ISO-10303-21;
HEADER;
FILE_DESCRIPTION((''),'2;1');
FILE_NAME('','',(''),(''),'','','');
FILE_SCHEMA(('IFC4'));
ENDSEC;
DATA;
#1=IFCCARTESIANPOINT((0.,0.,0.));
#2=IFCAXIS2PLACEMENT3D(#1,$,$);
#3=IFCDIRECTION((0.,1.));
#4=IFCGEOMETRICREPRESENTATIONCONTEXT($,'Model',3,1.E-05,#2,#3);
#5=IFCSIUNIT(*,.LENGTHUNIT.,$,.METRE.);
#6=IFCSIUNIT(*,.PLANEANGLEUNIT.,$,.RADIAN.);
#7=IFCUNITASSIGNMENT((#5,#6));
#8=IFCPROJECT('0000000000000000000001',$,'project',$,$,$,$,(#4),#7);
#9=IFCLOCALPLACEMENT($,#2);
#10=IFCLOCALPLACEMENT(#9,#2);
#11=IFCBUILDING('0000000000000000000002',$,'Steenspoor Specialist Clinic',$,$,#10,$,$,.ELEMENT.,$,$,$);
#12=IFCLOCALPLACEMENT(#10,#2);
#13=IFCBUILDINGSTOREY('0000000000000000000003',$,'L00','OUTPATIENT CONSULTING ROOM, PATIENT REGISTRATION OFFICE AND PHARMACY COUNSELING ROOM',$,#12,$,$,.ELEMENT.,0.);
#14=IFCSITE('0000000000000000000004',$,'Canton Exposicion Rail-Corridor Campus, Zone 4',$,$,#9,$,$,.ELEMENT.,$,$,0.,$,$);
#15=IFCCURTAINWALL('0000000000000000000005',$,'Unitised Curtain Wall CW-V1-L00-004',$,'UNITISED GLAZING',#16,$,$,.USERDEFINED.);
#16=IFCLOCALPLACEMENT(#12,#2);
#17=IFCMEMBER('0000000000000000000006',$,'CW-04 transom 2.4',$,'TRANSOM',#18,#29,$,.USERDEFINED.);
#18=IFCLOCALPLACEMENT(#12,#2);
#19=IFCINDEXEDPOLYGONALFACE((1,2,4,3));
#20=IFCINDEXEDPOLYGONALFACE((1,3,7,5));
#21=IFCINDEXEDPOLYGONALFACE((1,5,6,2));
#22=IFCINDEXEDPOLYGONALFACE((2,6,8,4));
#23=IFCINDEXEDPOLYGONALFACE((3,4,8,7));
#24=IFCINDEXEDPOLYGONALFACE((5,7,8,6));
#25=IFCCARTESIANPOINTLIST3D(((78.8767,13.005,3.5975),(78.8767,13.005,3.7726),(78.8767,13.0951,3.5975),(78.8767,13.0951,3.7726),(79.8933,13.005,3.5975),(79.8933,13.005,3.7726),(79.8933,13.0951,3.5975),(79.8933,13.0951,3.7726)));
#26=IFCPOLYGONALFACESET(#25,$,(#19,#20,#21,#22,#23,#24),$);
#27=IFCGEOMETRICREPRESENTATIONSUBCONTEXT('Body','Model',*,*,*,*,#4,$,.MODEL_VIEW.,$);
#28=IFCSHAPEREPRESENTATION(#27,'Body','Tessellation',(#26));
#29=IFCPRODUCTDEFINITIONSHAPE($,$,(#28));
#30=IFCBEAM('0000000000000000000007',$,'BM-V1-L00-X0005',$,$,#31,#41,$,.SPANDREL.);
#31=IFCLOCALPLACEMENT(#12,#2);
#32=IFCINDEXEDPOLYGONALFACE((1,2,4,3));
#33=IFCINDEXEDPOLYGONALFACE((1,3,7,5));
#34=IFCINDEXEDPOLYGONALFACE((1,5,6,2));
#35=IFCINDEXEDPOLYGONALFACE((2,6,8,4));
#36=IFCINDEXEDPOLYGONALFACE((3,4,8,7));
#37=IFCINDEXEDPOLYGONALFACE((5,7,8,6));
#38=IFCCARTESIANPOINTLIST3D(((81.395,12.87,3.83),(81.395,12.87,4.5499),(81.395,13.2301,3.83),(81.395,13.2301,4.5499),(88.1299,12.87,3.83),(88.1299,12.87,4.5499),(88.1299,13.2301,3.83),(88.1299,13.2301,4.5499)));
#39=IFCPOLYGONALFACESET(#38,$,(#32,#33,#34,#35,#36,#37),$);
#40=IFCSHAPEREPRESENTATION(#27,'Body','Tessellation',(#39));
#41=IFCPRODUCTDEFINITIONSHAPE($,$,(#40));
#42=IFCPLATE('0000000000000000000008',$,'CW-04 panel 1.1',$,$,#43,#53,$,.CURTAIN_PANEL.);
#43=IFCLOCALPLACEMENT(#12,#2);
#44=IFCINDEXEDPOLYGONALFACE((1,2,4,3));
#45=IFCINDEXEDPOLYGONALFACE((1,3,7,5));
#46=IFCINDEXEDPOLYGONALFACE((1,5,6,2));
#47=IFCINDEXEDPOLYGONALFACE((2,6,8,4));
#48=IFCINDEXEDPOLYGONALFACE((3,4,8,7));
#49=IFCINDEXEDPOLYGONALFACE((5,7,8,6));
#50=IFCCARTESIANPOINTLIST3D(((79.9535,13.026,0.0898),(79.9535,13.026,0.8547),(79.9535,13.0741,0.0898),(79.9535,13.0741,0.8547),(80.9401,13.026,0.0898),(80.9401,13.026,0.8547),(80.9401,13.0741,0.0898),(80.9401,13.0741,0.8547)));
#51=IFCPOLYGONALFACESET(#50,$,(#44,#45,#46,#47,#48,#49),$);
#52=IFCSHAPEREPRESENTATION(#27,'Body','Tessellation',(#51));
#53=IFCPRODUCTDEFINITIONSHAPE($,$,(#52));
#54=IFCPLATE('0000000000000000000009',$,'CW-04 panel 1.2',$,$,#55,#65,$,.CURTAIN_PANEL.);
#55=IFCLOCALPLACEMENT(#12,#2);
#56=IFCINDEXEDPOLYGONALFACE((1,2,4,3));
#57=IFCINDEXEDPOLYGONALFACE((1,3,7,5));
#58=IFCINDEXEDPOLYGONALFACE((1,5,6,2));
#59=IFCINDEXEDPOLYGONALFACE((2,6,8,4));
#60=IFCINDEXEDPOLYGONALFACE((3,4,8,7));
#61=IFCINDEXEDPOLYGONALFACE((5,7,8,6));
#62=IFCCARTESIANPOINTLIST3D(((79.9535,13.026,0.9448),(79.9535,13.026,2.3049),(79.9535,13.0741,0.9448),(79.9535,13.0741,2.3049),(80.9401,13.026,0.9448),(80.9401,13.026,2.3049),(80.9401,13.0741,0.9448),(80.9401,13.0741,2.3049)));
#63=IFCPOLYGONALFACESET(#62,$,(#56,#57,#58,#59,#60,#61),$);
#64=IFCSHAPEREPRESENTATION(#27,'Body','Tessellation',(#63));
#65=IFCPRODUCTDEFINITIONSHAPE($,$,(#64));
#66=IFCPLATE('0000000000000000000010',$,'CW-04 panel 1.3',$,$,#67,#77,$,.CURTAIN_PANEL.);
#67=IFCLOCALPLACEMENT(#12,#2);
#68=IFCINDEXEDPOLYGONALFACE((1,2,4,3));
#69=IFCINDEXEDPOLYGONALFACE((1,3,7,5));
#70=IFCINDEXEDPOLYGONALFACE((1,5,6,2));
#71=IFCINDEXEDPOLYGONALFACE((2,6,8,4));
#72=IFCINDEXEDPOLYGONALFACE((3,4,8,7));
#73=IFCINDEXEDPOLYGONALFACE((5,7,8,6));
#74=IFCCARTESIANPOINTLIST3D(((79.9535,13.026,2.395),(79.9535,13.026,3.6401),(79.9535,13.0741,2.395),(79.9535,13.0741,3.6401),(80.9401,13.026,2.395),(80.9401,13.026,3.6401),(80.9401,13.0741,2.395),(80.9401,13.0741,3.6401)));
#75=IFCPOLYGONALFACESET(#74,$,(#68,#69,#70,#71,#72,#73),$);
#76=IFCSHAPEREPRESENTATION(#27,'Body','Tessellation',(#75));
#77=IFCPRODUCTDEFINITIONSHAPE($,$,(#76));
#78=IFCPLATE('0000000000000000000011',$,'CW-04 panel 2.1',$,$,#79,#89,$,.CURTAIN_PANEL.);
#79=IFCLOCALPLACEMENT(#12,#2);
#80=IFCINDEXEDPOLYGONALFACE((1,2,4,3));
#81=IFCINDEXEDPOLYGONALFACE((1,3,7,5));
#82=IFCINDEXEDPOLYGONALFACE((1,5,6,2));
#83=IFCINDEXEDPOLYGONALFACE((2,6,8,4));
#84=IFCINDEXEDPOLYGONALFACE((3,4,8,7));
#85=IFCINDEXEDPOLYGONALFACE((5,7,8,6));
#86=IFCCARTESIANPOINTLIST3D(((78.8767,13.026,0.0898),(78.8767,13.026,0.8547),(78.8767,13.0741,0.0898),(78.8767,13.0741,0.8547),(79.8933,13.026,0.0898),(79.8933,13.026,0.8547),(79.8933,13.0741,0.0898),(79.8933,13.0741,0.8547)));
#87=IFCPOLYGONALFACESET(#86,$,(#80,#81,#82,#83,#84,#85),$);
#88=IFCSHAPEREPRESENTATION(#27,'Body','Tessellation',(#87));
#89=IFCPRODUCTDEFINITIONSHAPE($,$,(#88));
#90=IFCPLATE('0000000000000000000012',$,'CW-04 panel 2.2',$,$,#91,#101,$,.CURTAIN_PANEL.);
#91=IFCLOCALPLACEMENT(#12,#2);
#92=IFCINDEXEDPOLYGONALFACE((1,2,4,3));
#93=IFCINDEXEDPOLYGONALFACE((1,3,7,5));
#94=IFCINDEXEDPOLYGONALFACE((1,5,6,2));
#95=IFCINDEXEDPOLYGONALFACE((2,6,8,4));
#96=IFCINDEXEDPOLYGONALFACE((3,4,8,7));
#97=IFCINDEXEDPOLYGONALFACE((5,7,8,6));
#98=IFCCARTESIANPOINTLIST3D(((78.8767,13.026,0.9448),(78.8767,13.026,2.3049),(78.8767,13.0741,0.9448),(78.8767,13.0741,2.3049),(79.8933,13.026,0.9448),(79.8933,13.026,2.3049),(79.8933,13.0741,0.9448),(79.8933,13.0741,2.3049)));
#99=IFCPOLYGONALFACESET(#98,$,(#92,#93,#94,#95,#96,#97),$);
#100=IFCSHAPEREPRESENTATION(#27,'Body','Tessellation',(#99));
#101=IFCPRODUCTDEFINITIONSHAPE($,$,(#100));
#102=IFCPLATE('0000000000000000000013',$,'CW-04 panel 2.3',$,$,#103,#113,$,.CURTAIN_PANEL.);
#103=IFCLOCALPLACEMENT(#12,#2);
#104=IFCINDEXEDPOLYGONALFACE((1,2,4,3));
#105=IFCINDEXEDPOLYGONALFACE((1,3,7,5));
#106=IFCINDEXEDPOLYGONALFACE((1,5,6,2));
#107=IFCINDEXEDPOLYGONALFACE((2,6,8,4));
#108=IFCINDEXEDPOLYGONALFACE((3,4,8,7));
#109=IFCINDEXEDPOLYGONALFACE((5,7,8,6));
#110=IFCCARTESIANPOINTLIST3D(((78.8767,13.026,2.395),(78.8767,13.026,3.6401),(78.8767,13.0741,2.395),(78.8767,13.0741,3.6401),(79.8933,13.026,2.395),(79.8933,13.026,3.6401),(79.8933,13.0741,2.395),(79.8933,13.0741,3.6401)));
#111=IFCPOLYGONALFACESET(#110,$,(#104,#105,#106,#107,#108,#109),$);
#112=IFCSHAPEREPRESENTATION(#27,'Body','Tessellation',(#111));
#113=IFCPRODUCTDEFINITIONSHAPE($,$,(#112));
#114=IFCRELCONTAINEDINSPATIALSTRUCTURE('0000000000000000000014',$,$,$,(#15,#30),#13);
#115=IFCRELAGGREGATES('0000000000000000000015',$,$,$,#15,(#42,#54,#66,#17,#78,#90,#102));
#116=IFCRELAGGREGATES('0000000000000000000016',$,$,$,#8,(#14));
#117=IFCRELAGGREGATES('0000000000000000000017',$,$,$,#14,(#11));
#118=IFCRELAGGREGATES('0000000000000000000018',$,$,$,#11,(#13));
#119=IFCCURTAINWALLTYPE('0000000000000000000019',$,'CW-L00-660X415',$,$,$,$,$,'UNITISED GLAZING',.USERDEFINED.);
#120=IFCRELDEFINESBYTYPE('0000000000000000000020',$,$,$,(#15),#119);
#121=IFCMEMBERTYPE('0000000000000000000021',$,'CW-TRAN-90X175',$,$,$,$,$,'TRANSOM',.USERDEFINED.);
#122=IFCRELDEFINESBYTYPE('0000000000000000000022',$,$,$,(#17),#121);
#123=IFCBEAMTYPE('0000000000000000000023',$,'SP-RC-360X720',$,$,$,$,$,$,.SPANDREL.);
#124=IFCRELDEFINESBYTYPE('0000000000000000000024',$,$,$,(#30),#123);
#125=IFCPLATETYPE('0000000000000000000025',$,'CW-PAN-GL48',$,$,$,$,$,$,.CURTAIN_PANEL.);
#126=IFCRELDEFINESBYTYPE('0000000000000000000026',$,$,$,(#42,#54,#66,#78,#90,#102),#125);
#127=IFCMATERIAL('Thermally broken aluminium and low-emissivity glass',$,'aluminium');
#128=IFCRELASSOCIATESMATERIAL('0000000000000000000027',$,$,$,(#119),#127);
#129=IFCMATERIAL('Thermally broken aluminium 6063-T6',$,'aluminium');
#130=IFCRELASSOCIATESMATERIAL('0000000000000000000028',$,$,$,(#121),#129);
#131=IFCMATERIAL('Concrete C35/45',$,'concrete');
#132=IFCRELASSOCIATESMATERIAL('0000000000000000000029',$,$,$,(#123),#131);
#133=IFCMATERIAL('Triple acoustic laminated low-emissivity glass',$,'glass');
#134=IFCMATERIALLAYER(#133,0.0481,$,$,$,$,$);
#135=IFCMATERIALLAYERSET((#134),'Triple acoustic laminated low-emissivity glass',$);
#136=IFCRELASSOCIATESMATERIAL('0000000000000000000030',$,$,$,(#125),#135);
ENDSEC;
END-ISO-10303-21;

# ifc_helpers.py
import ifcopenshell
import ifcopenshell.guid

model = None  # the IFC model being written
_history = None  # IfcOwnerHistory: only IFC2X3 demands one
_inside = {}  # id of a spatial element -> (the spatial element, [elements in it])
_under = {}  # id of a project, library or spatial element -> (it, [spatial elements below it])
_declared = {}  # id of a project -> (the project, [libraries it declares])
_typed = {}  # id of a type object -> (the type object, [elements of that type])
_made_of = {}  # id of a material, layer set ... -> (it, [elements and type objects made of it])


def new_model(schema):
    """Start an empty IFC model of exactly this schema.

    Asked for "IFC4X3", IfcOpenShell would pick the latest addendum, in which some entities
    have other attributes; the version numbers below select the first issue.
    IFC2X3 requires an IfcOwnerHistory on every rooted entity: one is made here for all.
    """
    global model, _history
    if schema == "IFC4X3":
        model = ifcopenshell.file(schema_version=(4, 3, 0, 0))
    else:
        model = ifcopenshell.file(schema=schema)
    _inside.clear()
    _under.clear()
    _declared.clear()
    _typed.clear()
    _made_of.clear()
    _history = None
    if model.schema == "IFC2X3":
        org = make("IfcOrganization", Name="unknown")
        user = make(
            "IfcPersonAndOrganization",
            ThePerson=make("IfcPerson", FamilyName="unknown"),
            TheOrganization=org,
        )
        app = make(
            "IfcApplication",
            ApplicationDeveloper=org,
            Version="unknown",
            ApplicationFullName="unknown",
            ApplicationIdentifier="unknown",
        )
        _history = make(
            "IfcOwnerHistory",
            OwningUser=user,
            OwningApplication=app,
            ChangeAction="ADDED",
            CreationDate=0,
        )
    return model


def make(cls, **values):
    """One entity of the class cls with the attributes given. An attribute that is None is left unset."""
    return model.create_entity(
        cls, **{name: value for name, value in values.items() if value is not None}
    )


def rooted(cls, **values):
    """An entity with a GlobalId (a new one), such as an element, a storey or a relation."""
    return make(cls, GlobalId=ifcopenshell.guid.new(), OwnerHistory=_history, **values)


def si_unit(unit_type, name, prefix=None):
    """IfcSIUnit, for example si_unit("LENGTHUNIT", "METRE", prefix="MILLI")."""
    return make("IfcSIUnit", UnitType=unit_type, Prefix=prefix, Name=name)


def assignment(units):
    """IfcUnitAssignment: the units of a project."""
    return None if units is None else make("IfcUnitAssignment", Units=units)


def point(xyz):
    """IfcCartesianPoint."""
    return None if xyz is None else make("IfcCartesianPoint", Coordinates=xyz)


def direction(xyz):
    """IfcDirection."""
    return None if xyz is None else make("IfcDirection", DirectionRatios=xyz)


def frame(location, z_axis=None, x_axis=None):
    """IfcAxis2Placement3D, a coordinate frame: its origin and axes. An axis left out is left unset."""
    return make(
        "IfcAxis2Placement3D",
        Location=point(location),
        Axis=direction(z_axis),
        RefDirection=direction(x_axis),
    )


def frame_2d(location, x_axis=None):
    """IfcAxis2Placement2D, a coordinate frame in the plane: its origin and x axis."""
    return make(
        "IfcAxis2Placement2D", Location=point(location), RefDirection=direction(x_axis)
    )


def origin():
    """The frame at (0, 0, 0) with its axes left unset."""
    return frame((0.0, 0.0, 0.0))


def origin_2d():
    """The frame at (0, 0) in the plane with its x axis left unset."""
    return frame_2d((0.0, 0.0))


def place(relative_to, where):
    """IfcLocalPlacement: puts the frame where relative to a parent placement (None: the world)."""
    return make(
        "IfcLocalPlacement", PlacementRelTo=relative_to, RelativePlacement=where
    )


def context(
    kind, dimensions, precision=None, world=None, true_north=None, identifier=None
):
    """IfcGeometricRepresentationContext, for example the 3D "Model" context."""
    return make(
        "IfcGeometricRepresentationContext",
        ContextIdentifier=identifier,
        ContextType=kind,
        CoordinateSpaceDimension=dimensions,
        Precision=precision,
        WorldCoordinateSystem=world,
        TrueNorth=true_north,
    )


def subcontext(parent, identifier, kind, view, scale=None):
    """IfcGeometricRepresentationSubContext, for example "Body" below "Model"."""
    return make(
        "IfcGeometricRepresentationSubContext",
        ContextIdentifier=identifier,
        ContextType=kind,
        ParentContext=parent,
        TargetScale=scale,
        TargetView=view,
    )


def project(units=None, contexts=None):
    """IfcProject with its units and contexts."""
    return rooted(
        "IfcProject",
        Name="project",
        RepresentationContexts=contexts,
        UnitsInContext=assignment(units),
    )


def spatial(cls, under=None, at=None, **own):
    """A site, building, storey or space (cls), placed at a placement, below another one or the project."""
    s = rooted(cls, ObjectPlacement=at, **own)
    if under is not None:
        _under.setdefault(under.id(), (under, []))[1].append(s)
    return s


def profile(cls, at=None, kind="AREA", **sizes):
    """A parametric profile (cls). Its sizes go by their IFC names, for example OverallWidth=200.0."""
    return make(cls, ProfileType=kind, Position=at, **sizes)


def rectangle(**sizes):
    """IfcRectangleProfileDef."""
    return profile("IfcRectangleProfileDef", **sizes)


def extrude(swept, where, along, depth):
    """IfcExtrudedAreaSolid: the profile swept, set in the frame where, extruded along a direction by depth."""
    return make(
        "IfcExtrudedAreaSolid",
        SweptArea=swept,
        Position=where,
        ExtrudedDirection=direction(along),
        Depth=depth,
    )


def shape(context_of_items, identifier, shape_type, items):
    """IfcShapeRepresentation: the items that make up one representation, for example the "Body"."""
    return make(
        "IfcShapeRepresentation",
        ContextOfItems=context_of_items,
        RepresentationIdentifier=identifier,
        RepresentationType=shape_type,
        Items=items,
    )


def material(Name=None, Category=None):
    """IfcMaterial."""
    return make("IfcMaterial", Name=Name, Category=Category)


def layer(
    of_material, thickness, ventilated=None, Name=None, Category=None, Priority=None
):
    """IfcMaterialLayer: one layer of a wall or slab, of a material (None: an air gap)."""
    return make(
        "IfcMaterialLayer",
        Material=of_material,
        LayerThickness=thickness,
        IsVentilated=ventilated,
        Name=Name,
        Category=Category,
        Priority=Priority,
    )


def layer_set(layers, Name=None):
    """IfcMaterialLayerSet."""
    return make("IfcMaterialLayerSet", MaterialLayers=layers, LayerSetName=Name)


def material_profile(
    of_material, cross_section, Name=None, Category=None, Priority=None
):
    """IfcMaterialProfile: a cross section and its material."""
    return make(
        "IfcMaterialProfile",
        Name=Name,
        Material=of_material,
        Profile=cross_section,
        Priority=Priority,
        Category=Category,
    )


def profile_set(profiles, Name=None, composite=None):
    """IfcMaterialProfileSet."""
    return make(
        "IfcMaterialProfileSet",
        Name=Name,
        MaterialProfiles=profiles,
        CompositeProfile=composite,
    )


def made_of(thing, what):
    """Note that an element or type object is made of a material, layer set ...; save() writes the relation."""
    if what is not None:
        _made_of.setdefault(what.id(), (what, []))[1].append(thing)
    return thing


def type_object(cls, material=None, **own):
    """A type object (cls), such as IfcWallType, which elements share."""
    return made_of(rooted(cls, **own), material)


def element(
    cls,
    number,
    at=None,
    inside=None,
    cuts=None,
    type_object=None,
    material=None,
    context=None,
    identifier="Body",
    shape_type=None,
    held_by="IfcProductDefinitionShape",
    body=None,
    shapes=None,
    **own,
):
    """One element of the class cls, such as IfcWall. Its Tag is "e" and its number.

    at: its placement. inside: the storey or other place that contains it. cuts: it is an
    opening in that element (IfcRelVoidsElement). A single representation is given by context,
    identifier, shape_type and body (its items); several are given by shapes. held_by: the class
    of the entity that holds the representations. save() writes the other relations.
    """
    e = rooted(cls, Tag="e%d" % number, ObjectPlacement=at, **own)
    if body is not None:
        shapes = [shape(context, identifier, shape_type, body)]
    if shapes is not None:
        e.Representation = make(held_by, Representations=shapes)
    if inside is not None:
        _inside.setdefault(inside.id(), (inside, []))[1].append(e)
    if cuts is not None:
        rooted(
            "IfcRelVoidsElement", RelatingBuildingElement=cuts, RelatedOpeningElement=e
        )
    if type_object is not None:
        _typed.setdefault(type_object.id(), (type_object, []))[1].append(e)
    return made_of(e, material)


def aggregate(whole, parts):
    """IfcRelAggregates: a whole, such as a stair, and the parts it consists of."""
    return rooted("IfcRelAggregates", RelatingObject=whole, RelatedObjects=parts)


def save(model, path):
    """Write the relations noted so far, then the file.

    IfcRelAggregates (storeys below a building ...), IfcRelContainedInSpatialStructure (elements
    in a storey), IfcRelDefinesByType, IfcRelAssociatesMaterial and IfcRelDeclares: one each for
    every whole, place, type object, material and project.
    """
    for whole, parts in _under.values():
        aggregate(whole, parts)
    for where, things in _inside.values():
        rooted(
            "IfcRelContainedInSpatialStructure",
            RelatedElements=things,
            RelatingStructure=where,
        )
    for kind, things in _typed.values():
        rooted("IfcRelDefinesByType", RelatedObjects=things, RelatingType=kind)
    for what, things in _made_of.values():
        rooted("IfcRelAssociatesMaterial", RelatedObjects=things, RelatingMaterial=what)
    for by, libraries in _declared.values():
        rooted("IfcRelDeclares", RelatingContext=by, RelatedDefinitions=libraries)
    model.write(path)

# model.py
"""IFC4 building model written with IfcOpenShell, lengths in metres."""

from ifc_helpers import new_model, si_unit, direction, frame, origin, origin_2d, place, context, subcontext, project, spatial, rectangle, extrude, material, layer, layer_set, material_profile, profile_set, type_object, element, aggregate, save


model = new_model("IFC4")

# Units and contexts
model_context = context("Model", 3, precision=1e-05, world=origin(), true_north=direction((0.0, 1.0)))
body_context = subcontext(model_context, "Body", "Model", "MODEL_VIEW")
ifc_project = project(units=[si_unit("LENGTHUNIT", "METRE"), si_unit("PLANEANGLEUNIT", "RADIAN")], contexts=[model_context])

# Site, building, storey
site_placement = place(None, origin())
site = spatial("IfcSite", under=ifc_project, at=site_placement, Name="Canton Exposicion Rail-Corridor Campus, Zone 4", CompositionType="ELEMENT", RefElevation=0.0)
building_placement = place(site_placement, origin())
building = spatial("IfcBuilding", under=site, at=building_placement, Name="Steenspoor Specialist Clinic", CompositionType="ELEMENT")
storey_placement = place(building_placement, origin())
storey = spatial("IfcBuildingStorey", under=building, at=storey_placement, Name="L00", Description="OUTPATIENT CONSULTING ROOM, PATIENT REGISTRATION OFFICE AND PHARMACY COUNSELING ROOM", CompositionType="ELEMENT", Elevation=0.0)

# Shared definitions
ifc_material_1 = material(Name="Concrete C35/45", Category="concrete")

# Curtain wall, member
ifc_material_2 = material(Name="Thermally broken aluminium and low-emissivity glass", Category="aluminium")
curtain_wall_type = type_object("IfcCurtainWallType", Name="CW-L00-660X415", ElementType="UNITISED GLAZING", PredefinedType="USERDEFINED", material=ifc_material_2)
curtain_wall_placement = place(storey_placement, origin())
curtain_wall = element("IfcCurtainWall", 1, at=curtain_wall_placement, inside=storey, type_object=curtain_wall_type, Name="Unitised Curtain Wall CW-V1-L00-004", ObjectType="UNITISED GLAZING", PredefinedType="USERDEFINED")
ifc_material_3 = material(Name="Thermally broken aluminium 6063-T6", Category="aluminium")
ifc_material_profile_1 = material_profile(ifc_material_3, rectangle(XDim=0.0901, YDim=0.175, at=origin_2d()), Name="CWT-90X175")
ifc_profile_set_1 = profile_set([ifc_material_profile_1], Name="Thermally broken aluminium 6063-T6")
member_type_1 = type_object("IfcMemberType", Name="CW-TRAN-90X175", ElementType="TRANSOM", PredefinedType="USERDEFINED", material=ifc_profile_set_1)
member_1_placement = place(storey_placement, frame((79.8933, 13.05, 3.6851), z_axis=(-1.0, 0.0, 0.0), x_axis=(0.0, -1.0, 0.0)))
member_1 = element("IfcMember", 2, at=member_1_placement, type_object=member_type_1, Name="CW-04 transom 2.4", ObjectType="TRANSOM", PredefinedType="USERDEFINED", context=body_context, shape_type="SweptSolid", body=[
    extrude(rectangle(XDim=0.0901, YDim=0.175, at=origin_2d()), origin(), (0.0, 0.0, 1.0), 1.0166),
])

# Beam
ifc_material_profile_2 = material_profile(ifc_material_1, rectangle(XDim=0.3601, YDim=0.72, at=origin_2d()), Name="RC-SP-360X720")
ifc_profile_set_2 = profile_set([ifc_material_profile_2], Name="Concrete C35/45")
beam_type = type_object("IfcBeamType", Name="SP-RC-360X720", PredefinedType="SPANDREL", material=ifc_profile_set_2)
beam_placement = place(storey_placement, frame((81.395, 13.05, 4.1899), z_axis=(1.0, 0.0, 0.0), x_axis=(0.0, 1.0, 0.0)))
element("IfcBeam", 3, at=beam_placement, inside=storey, type_object=beam_type, Name="BM-V1-L00-X0005", PredefinedType="SPANDREL", context=body_context, shape_type="SweptSolid", body=[
    extrude(rectangle(XDim=0.3601, YDim=0.72, at=origin_2d()), origin(), (0.0, 0.0, 1.0), 6.7349),
])

# Plates
ifc_material_4 = material(Name="Triple acoustic laminated low-emissivity glass", Category="glass")
ifc_layer = layer(ifc_material_4, 0.0481)
ifc_layer_set = layer_set([ifc_layer], Name="Triple acoustic laminated low-emissivity glass")
plate_type = type_object("IfcPlateType", Name="CW-PAN-GL48", PredefinedType="CURTAIN_PANEL", material=ifc_layer_set)
plate_1_placement = place(storey_placement, frame((80.4468, 13.05, 0.0898), z_axis=(0.0, 0.0, 1.0), x_axis=(-1.0, 0.0, 0.0)))
plate_1 = element("IfcPlate", 4, at=plate_1_placement, type_object=plate_type, Name="CW-04 panel 1.1", PredefinedType="CURTAIN_PANEL", context=body_context, shape_type="SweptSolid", body=[
    extrude(rectangle(XDim=0.9866, YDim=0.0481, at=origin_2d()), origin(), (0.0, 0.0, 1.0), 0.7649),
])
plate_2_placement = place(storey_placement, frame((80.4468, 13.05, 0.9448), z_axis=(0.0, 0.0, 1.0), x_axis=(-1.0, 0.0, 0.0)))
plate_2 = element("IfcPlate", 5, at=plate_2_placement, type_object=plate_type, Name="CW-04 panel 1.2", PredefinedType="CURTAIN_PANEL", context=body_context, shape_type="SweptSolid", body=[
    extrude(rectangle(XDim=0.9866, YDim=0.0481, at=origin_2d()), origin(), (0.0, 0.0, 1.0), 1.3601),
])
plate_3_placement = place(storey_placement, frame((80.4468, 13.05, 2.395), z_axis=(0.0, 0.0, 1.0), x_axis=(-1.0, 0.0, 0.0)))
plate_3 = element("IfcPlate", 6, at=plate_3_placement, type_object=plate_type, Name="CW-04 panel 1.3", PredefinedType="CURTAIN_PANEL", context=body_context, shape_type="SweptSolid", body=[
    extrude(rectangle(XDim=0.9866, YDim=0.0481, at=origin_2d()), origin(), (0.0, 0.0, 1.0), 1.2451),
])
plate_4_placement = place(storey_placement, frame((79.385, 13.05, 0.0898), z_axis=(0.0, 0.0, 1.0), x_axis=(-1.0, 0.0, 0.0)))
plate_4 = element("IfcPlate", 7, at=plate_4_placement, type_object=plate_type, Name="CW-04 panel 2.1", PredefinedType="CURTAIN_PANEL", context=body_context, shape_type="SweptSolid", body=[
    extrude(rectangle(XDim=1.0166, YDim=0.0481, at=origin_2d()), origin(), (0.0, 0.0, 1.0), 0.7649),
])
plate_5_placement = place(storey_placement, frame((79.385, 13.05, 0.9448), z_axis=(0.0, 0.0, 1.0), x_axis=(-1.0, 0.0, 0.0)))
plate_5 = element("IfcPlate", 8, at=plate_5_placement, type_object=plate_type, Name="CW-04 panel 2.2", PredefinedType="CURTAIN_PANEL", context=body_context, shape_type="SweptSolid", body=[
    extrude(rectangle(XDim=1.0166, YDim=0.0481, at=origin_2d()), origin(), (0.0, 0.0, 1.0), 1.3601),
])
plate_6_placement = place(storey_placement, frame((79.385, 13.05, 2.395), z_axis=(0.0, 0.0, 1.0), x_axis=(-1.0, 0.0, 0.0)))
plate_6 = element("IfcPlate", 9, at=plate_6_placement, type_object=plate_type, Name="CW-04 panel 2.3", PredefinedType="CURTAIN_PANEL", context=body_context, shape_type="SweptSolid", body=[
    extrude(rectangle(XDim=1.0166, YDim=0.0481, at=origin_2d()), origin(), (0.0, 0.0, 1.0), 1.2451),
])
aggregate(curtain_wall, [plate_1, plate_2, plate_3, member_1, plate_4, plate_5, plate_6])

save(model, "model.ifc")
